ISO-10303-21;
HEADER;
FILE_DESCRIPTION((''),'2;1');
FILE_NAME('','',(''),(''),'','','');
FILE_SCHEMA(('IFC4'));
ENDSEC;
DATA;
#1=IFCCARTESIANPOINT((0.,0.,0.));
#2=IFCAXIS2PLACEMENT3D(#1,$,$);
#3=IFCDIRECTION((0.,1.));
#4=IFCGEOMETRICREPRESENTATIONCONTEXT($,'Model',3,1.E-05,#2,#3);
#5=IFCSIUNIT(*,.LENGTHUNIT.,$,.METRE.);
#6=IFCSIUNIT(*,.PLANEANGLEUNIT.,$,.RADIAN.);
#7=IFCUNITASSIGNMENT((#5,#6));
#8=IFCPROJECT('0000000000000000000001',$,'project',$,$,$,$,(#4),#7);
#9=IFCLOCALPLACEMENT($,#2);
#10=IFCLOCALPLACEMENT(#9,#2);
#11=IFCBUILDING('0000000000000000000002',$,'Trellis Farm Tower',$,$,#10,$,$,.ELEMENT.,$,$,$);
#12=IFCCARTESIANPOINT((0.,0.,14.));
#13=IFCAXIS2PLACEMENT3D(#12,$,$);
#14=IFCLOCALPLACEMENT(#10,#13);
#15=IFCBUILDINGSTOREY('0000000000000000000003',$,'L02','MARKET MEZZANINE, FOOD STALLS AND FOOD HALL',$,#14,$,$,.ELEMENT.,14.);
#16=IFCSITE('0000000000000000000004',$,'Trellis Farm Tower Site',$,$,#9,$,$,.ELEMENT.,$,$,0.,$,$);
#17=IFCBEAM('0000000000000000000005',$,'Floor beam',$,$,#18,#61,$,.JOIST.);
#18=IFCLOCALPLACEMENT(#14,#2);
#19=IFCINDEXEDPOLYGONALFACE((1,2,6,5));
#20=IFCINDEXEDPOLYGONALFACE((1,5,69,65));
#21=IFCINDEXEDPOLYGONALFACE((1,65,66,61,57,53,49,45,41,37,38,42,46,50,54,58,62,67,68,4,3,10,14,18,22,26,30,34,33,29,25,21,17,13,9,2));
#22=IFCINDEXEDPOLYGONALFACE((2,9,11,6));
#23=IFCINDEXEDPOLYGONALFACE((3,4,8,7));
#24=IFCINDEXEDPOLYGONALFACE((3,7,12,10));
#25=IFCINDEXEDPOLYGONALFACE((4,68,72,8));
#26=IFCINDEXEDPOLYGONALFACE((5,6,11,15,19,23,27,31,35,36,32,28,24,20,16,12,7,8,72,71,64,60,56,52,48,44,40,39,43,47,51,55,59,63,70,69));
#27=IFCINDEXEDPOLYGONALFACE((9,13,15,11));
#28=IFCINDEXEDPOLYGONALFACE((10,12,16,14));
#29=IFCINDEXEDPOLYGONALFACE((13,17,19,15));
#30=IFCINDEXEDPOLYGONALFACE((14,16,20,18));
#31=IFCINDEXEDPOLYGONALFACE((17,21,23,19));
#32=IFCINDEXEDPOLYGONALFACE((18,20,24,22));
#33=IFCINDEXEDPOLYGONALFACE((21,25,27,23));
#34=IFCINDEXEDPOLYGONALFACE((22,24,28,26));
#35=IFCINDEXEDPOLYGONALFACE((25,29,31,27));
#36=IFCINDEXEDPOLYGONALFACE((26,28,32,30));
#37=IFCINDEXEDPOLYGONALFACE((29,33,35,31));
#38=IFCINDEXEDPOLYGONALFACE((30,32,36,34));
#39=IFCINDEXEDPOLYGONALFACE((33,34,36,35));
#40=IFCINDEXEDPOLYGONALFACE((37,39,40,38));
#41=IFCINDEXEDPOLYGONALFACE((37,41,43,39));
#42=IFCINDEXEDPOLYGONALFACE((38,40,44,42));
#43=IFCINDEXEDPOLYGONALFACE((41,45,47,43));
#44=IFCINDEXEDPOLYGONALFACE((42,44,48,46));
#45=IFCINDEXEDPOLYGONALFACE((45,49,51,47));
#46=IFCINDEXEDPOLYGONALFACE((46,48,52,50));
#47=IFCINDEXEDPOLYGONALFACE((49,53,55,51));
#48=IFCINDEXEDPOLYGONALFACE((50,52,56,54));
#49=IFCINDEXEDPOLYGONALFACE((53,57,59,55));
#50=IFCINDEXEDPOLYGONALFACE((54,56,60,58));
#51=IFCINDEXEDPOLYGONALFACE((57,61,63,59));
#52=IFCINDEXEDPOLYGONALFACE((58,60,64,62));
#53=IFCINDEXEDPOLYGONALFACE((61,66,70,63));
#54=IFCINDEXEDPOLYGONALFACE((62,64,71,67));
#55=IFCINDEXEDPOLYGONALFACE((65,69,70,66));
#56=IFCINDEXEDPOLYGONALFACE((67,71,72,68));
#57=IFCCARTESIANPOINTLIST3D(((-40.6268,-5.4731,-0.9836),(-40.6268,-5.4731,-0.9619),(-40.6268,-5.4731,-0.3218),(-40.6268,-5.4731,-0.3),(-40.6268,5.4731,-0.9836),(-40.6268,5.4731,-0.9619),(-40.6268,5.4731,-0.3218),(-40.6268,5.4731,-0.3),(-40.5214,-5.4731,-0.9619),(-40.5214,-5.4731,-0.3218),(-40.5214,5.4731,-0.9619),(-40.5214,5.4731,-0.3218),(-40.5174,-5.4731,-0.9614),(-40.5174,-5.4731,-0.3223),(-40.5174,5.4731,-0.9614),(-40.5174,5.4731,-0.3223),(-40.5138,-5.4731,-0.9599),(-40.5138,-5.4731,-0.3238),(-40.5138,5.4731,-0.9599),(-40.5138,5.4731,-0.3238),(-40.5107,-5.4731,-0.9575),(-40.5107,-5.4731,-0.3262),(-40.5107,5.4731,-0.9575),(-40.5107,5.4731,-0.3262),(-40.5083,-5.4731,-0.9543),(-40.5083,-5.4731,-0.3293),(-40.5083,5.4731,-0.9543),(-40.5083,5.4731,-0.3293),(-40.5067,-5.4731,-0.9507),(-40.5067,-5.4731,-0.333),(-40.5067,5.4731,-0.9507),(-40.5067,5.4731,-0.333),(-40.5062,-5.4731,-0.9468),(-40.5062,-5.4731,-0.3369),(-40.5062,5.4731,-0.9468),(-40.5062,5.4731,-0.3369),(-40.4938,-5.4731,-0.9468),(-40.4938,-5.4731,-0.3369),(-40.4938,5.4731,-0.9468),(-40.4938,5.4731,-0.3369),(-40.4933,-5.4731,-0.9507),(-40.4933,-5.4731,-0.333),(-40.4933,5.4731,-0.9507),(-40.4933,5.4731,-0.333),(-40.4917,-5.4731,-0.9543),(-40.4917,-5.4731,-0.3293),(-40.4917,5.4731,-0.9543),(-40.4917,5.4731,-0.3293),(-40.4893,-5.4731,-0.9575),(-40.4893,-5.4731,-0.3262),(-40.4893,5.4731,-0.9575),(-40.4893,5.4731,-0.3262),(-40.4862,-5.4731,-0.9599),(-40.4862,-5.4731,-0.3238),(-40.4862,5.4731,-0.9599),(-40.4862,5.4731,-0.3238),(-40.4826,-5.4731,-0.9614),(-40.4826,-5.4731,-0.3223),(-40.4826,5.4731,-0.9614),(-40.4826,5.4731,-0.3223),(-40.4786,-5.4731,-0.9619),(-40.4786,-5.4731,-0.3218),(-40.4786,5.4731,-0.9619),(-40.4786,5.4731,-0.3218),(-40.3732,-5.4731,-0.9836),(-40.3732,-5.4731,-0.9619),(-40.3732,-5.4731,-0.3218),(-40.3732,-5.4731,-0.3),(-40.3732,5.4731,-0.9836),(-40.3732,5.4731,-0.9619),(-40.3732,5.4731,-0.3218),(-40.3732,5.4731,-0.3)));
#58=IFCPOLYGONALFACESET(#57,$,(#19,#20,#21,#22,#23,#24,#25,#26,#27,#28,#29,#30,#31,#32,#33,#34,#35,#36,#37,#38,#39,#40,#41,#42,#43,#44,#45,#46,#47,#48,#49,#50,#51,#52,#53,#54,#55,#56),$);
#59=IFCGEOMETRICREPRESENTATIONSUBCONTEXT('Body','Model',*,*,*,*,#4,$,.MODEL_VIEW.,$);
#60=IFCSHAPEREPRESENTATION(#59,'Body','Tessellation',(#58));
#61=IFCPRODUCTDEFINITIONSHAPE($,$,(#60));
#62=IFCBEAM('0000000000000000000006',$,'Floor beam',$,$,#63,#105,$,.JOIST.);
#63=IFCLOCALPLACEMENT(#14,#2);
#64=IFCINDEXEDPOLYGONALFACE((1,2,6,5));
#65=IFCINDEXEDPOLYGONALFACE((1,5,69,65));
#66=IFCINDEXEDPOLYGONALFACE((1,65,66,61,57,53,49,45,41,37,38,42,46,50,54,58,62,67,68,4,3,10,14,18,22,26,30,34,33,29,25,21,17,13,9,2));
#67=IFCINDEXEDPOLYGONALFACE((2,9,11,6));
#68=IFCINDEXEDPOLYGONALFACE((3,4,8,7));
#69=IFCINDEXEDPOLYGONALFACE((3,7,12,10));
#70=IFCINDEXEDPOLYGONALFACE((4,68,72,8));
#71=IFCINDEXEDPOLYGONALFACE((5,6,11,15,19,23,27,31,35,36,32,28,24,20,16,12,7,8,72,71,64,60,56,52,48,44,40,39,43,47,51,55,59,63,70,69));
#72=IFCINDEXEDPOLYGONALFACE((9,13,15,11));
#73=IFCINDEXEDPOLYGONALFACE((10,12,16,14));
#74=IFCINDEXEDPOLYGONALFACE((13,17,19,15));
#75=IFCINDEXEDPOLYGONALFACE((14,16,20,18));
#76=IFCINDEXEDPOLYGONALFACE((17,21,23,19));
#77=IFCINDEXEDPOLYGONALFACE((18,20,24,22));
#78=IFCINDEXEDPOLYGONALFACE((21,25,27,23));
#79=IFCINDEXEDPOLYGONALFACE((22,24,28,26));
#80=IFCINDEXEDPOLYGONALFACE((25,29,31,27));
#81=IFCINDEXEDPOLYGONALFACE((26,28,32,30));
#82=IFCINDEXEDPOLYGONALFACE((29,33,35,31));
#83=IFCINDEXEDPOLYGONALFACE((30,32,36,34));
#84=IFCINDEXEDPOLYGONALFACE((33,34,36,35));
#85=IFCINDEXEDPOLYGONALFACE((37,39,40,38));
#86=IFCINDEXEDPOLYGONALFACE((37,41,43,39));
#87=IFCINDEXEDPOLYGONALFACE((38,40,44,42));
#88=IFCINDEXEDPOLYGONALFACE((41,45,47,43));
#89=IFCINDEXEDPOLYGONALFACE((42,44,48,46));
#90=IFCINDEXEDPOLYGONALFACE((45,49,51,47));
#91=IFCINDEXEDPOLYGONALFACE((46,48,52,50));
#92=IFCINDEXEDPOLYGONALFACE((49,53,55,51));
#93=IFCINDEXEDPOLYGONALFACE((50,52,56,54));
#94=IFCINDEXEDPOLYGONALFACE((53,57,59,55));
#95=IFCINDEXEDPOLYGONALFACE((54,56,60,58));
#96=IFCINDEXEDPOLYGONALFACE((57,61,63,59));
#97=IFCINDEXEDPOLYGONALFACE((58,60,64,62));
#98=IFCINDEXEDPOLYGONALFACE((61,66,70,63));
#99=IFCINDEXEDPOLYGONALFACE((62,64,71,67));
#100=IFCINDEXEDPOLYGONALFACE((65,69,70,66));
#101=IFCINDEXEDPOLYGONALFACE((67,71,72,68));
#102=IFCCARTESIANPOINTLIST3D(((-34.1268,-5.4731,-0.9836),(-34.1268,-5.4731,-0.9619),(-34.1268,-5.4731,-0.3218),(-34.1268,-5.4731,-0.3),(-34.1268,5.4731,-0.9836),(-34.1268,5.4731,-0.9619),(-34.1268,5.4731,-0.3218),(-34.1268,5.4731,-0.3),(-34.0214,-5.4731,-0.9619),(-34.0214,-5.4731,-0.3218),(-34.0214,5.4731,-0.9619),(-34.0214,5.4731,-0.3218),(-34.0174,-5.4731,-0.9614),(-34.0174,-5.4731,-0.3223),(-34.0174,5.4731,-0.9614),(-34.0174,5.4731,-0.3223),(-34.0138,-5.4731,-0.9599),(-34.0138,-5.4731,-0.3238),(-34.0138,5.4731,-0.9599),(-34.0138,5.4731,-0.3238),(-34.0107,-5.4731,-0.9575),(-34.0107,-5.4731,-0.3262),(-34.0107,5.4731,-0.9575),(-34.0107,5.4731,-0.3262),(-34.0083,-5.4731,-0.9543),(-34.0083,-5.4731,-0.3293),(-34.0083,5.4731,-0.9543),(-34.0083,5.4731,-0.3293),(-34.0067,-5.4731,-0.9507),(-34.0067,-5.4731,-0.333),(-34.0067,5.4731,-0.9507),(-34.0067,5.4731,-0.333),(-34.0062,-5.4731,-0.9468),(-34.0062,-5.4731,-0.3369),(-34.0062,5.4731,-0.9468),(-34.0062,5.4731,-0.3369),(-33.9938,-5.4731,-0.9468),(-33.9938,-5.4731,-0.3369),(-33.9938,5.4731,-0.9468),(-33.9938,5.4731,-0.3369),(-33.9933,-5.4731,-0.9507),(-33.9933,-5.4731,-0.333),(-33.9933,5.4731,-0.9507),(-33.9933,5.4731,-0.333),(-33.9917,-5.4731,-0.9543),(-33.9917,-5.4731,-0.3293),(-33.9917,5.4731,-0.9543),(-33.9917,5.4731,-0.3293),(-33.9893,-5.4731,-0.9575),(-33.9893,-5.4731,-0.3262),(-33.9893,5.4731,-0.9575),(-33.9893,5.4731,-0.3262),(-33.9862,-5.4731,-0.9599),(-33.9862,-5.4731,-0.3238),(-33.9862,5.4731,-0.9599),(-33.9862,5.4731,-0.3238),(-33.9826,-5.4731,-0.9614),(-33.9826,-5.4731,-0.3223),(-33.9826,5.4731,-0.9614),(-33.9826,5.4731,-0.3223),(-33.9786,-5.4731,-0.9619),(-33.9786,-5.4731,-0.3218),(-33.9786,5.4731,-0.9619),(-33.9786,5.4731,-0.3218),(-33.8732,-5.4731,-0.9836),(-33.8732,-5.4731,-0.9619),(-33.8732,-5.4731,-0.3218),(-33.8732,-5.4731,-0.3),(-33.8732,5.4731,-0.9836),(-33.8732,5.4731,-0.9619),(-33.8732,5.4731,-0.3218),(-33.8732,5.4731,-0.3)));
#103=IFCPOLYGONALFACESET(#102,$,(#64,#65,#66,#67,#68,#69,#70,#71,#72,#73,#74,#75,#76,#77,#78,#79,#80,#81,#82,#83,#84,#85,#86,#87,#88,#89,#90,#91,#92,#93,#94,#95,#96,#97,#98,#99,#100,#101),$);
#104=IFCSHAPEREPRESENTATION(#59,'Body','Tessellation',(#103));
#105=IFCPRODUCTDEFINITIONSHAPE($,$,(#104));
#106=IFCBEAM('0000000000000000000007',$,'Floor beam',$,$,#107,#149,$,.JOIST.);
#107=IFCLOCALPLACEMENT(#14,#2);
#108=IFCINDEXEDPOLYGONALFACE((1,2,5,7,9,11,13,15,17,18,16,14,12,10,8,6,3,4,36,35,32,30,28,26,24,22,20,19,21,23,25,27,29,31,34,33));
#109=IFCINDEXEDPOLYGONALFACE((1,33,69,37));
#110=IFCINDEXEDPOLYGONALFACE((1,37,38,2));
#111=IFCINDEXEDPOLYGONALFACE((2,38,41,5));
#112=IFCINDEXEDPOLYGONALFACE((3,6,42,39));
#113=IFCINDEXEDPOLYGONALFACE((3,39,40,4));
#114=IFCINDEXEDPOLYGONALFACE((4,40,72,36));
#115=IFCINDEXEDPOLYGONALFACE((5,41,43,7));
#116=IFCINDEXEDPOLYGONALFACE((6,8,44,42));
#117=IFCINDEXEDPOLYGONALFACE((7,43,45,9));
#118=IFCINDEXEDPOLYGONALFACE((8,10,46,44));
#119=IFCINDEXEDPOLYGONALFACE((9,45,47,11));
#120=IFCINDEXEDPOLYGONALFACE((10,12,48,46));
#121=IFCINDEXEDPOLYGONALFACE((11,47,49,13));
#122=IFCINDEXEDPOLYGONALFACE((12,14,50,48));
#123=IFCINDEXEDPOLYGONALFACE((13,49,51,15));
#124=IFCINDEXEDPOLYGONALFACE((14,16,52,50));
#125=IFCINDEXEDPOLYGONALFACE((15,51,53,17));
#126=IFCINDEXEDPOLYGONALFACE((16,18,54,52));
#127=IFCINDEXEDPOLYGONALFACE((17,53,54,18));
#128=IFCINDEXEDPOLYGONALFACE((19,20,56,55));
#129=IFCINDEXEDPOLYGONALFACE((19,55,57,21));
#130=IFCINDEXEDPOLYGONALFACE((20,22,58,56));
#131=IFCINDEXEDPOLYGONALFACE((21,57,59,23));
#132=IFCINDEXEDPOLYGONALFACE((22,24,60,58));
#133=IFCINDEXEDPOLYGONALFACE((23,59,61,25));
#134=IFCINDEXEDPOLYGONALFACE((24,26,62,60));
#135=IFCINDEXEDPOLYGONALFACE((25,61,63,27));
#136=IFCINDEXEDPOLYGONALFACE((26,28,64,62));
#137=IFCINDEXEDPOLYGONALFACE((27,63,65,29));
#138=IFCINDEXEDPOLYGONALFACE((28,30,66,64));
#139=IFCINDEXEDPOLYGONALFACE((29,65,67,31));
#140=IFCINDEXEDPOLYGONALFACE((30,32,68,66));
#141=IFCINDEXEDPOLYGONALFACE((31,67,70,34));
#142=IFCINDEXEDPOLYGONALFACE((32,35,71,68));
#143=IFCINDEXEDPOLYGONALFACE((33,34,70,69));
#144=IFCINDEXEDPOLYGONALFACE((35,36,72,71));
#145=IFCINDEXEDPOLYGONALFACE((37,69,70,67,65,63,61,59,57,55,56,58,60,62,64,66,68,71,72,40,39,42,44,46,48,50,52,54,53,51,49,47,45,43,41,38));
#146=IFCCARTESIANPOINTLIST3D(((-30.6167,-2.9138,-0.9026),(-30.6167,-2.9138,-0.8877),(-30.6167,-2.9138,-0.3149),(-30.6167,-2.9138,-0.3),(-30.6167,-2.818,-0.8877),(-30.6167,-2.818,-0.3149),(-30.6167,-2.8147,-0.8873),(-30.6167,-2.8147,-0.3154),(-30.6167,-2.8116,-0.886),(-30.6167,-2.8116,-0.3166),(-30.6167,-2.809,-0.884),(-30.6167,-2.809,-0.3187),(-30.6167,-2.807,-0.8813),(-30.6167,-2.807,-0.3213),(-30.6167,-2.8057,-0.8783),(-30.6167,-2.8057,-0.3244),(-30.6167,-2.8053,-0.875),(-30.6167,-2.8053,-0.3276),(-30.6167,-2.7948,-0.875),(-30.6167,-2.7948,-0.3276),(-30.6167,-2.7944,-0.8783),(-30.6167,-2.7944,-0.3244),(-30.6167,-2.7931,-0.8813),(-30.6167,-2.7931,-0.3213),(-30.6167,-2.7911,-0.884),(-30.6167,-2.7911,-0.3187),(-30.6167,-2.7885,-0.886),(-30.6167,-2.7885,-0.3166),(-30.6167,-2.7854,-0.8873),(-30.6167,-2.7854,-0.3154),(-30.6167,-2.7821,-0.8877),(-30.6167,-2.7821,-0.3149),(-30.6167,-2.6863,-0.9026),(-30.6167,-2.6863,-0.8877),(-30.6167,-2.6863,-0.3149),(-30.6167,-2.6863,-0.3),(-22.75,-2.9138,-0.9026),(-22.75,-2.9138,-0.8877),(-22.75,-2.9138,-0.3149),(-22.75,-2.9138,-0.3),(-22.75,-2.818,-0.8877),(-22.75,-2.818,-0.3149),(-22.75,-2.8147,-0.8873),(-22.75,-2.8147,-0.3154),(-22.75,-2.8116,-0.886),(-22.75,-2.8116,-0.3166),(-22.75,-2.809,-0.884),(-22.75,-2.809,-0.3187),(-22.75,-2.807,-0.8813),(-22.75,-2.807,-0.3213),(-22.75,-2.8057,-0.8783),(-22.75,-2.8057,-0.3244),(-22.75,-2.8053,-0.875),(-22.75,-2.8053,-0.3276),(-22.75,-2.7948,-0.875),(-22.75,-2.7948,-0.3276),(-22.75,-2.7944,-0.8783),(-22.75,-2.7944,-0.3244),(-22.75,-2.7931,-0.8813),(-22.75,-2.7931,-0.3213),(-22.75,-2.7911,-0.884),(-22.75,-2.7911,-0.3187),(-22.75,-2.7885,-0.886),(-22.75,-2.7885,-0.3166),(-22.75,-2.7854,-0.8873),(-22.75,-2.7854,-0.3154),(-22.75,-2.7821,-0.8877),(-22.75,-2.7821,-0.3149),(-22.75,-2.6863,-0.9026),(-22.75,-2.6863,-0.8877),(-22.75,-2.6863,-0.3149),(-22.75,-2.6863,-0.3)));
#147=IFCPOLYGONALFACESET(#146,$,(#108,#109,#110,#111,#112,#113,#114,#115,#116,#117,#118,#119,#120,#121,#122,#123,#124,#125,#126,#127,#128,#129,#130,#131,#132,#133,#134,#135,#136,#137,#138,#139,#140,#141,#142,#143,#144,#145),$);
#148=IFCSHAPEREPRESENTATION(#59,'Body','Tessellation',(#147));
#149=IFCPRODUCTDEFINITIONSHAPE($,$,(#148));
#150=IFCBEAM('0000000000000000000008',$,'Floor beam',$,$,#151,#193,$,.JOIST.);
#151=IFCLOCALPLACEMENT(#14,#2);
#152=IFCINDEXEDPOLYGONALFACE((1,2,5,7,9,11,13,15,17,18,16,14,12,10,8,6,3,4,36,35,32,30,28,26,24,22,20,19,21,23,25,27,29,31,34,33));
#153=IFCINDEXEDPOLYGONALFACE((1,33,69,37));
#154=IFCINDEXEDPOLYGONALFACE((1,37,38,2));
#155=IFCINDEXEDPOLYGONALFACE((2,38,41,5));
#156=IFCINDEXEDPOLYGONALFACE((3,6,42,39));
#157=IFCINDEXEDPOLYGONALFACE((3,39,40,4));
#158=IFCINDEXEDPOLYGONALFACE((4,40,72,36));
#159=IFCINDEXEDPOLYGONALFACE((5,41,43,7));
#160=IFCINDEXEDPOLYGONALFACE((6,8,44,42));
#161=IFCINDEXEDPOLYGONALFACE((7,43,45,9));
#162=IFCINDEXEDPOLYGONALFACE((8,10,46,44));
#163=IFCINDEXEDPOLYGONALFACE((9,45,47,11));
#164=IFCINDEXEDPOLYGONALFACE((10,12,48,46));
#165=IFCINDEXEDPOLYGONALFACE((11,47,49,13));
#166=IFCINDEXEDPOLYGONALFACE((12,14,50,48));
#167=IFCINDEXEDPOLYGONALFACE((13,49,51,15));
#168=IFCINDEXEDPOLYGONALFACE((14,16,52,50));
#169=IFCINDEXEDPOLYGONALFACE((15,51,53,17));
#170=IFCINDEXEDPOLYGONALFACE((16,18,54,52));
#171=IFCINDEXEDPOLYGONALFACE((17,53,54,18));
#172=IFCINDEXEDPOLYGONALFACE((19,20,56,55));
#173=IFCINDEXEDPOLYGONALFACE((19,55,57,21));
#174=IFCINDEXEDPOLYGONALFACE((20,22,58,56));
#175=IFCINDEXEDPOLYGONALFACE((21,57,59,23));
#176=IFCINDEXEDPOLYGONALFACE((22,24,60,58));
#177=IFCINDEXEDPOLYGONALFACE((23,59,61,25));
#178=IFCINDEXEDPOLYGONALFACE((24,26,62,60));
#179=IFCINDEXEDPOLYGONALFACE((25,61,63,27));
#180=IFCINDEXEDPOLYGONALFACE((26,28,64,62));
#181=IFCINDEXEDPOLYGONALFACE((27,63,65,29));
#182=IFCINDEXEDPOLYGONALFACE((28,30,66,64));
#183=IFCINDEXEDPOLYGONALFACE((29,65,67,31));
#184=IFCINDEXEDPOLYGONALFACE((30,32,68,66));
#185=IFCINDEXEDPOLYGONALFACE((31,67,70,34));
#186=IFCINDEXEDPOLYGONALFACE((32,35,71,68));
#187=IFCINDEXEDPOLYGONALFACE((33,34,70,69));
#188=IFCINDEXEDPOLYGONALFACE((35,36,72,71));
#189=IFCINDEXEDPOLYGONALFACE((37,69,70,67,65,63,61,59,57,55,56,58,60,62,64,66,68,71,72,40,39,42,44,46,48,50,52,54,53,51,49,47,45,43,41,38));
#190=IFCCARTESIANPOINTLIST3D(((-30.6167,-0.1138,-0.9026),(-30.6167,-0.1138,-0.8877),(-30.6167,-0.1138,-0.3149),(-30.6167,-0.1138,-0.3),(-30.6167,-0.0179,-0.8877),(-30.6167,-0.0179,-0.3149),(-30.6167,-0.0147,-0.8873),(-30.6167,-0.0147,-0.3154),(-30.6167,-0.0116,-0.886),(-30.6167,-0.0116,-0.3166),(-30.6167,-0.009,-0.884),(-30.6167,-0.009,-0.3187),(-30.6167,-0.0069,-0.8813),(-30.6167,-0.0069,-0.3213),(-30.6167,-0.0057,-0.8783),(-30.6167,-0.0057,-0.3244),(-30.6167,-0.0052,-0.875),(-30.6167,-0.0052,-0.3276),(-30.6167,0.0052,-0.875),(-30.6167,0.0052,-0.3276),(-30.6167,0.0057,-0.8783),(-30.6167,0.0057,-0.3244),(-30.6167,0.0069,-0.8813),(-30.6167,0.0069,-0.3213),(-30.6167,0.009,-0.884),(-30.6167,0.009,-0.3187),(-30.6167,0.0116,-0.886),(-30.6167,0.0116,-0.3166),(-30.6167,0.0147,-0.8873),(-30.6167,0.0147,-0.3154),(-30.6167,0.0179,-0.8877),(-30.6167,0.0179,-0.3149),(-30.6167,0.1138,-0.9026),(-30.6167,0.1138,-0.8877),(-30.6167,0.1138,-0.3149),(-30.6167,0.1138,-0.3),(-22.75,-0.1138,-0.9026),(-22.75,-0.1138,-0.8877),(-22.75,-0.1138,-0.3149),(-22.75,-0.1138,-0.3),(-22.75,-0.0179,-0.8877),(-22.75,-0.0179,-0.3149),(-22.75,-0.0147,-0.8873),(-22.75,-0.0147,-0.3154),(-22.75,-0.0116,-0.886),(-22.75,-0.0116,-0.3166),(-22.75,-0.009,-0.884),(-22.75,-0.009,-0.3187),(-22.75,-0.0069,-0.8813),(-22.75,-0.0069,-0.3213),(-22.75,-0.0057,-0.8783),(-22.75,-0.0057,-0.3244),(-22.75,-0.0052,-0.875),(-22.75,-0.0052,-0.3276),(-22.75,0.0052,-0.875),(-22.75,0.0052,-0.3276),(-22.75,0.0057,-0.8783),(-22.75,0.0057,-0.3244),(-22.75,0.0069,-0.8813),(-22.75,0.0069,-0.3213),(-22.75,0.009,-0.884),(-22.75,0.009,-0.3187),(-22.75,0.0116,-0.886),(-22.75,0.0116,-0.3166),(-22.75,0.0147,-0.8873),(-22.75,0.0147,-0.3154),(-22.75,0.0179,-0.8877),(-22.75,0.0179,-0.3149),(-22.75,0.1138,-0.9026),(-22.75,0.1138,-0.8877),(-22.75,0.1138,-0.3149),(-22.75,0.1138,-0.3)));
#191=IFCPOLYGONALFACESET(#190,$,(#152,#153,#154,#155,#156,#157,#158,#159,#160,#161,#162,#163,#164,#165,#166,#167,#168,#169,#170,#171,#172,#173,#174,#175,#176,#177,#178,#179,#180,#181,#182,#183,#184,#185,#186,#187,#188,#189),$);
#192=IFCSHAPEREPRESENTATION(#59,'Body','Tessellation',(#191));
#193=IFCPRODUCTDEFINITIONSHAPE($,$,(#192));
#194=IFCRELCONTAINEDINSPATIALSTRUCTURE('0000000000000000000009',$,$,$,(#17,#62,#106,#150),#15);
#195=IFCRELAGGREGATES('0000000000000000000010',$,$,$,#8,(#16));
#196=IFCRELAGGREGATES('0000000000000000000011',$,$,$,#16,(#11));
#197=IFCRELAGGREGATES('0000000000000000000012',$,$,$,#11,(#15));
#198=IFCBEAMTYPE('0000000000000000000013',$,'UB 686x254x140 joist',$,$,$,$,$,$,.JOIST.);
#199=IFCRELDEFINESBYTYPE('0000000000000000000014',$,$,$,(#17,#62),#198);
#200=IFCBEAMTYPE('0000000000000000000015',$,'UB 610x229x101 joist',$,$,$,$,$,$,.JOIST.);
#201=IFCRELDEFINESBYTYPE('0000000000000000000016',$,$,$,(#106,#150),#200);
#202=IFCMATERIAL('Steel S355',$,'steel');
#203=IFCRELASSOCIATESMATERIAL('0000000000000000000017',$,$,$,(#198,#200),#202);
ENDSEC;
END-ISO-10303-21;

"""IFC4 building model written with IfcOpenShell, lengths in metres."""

from ifc_helpers import new_model, si_unit, direction, frame, origin, origin_2d, place, context, subcontext, project, spatial, i_section, extrude, source, transform, mapped, material, material_profile, profile_set, type_object, element, save


model = new_model("IFC4")

# Units and contexts
model_context = context("Model", 3, precision=1e-05, world=origin(), true_north=direction((0.0, 1.0)))
body_context = subcontext(model_context, "Body", "Model", "MODEL_VIEW")
ifc_project = project(units=[si_unit("LENGTHUNIT", "METRE"), si_unit("PLANEANGLEUNIT", "RADIAN")], contexts=[model_context])

# Site, building, storey
site_placement = place(None, origin())
site = spatial("IfcSite", under=ifc_project, at=site_placement, Name="Trellis Farm Tower Site", CompositionType="ELEMENT", RefElevation=0.0)
building_placement = place(site_placement, origin())
building = spatial("IfcBuilding", under=site, at=building_placement, Name="Trellis Farm Tower", CompositionType="ELEMENT")
storey_placement = place(building_placement, frame((0.0, 0.0, 14.0)))
storey = spatial("IfcBuildingStorey", under=building, at=storey_placement, Name="L02", Description="MARKET MEZZANINE, FOOD STALLS AND FOOD HALL", CompositionType="ELEMENT", Elevation=14.0)

# Beams
ifc_material_1 = material(Name="Steel S355", Category="steel")
ifc_material_profile_1 = material_profile(ifc_material_1, i_section(OverallWidth=0.2537, OverallDepth=0.6836, WebThickness=0.0125, FlangeThickness=0.0217, FilletRadius=0.0151, at=origin_2d()), Name="UB 686x254x140")
ifc_profile_set_1 = profile_set([ifc_material_profile_1], Name="Steel S355")
beam_type_1 = type_object("IfcBeamType", Name="UB 686x254x140 joist", PredefinedType="JOIST", material=ifc_profile_set_1)
shared_shape_1 = source(origin(), body_context, "Body", "SweptSolid", [
    extrude(i_section(OverallWidth=0.2537, OverallDepth=0.6836, WebThickness=0.0125, FlangeThickness=0.0217, FilletRadius=0.0151, at=origin_2d()), origin(), (0.0, 0.0, 1.0), 10.9463),
])
for number, where, z_axis, x_axis, name in (
    (1, (-40.5, -5.4731, -0.6418), (0.0, 1.0, 0.0), (-1.0, 0.0, 0.0), "Floor beam"),
    (2, (-34.0, -5.4731, -0.6418), (0.0, 1.0, 0.0), (-1.0, 0.0, 0.0), "Floor beam"),
):
    element("IfcBeam", number, at=place(storey_placement, frame(where, z_axis=z_axis, x_axis=x_axis)), inside=storey, type_object=beam_type_1, Name=name, PredefinedType="JOIST", context=body_context, shape_type="MappedRepresentation", body=[
        mapped(shared_shape_1, transform((0.0, 0.0, 0.0))),
    ])
ifc_material_profile_2 = material_profile(ifc_material_1, i_section(OverallWidth=0.2275, OverallDepth=0.6025, WebThickness=0.0105, FlangeThickness=0.0149, FilletRadius=0.0127, at=origin_2d()), Name="UB 610x229x101")
ifc_profile_set_2 = profile_set([ifc_material_profile_2], Name="Steel S355")
beam_type_2 = type_object("IfcBeamType", Name="UB 610x229x101 joist", PredefinedType="JOIST", material=ifc_profile_set_2)
shared_shape_2 = source(origin(), body_context, "Body", "SweptSolid", [
    extrude(i_section(OverallWidth=0.2275, OverallDepth=0.6025, WebThickness=0.0105, FlangeThickness=0.0149, FilletRadius=0.0127, at=origin_2d()), origin(), (0.0, 0.0, 1.0), 7.8667),
])
for number, where, z_axis, x_axis, name in (
    (3, (-30.6167, -2.8, -0.6013), (1.0, 0.0, 0.0), (0.0, 1.0, 0.0), "Floor beam"),
    (4, (-30.6167, 0.0, -0.6013), (1.0, 0.0, 0.0), (0.0, 1.0, 0.0), "Floor beam"),
):
    element("IfcBeam", number, at=place(storey_placement, frame(where, z_axis=z_axis, x_axis=x_axis)), inside=storey, type_object=beam_type_2, Name=name, PredefinedType="JOIST", context=body_context, shape_type="MappedRepresentation", body=[
        mapped(shared_shape_2, transform((0.0, 0.0, 0.0))),
    ])

save(model, "model.ifc")
